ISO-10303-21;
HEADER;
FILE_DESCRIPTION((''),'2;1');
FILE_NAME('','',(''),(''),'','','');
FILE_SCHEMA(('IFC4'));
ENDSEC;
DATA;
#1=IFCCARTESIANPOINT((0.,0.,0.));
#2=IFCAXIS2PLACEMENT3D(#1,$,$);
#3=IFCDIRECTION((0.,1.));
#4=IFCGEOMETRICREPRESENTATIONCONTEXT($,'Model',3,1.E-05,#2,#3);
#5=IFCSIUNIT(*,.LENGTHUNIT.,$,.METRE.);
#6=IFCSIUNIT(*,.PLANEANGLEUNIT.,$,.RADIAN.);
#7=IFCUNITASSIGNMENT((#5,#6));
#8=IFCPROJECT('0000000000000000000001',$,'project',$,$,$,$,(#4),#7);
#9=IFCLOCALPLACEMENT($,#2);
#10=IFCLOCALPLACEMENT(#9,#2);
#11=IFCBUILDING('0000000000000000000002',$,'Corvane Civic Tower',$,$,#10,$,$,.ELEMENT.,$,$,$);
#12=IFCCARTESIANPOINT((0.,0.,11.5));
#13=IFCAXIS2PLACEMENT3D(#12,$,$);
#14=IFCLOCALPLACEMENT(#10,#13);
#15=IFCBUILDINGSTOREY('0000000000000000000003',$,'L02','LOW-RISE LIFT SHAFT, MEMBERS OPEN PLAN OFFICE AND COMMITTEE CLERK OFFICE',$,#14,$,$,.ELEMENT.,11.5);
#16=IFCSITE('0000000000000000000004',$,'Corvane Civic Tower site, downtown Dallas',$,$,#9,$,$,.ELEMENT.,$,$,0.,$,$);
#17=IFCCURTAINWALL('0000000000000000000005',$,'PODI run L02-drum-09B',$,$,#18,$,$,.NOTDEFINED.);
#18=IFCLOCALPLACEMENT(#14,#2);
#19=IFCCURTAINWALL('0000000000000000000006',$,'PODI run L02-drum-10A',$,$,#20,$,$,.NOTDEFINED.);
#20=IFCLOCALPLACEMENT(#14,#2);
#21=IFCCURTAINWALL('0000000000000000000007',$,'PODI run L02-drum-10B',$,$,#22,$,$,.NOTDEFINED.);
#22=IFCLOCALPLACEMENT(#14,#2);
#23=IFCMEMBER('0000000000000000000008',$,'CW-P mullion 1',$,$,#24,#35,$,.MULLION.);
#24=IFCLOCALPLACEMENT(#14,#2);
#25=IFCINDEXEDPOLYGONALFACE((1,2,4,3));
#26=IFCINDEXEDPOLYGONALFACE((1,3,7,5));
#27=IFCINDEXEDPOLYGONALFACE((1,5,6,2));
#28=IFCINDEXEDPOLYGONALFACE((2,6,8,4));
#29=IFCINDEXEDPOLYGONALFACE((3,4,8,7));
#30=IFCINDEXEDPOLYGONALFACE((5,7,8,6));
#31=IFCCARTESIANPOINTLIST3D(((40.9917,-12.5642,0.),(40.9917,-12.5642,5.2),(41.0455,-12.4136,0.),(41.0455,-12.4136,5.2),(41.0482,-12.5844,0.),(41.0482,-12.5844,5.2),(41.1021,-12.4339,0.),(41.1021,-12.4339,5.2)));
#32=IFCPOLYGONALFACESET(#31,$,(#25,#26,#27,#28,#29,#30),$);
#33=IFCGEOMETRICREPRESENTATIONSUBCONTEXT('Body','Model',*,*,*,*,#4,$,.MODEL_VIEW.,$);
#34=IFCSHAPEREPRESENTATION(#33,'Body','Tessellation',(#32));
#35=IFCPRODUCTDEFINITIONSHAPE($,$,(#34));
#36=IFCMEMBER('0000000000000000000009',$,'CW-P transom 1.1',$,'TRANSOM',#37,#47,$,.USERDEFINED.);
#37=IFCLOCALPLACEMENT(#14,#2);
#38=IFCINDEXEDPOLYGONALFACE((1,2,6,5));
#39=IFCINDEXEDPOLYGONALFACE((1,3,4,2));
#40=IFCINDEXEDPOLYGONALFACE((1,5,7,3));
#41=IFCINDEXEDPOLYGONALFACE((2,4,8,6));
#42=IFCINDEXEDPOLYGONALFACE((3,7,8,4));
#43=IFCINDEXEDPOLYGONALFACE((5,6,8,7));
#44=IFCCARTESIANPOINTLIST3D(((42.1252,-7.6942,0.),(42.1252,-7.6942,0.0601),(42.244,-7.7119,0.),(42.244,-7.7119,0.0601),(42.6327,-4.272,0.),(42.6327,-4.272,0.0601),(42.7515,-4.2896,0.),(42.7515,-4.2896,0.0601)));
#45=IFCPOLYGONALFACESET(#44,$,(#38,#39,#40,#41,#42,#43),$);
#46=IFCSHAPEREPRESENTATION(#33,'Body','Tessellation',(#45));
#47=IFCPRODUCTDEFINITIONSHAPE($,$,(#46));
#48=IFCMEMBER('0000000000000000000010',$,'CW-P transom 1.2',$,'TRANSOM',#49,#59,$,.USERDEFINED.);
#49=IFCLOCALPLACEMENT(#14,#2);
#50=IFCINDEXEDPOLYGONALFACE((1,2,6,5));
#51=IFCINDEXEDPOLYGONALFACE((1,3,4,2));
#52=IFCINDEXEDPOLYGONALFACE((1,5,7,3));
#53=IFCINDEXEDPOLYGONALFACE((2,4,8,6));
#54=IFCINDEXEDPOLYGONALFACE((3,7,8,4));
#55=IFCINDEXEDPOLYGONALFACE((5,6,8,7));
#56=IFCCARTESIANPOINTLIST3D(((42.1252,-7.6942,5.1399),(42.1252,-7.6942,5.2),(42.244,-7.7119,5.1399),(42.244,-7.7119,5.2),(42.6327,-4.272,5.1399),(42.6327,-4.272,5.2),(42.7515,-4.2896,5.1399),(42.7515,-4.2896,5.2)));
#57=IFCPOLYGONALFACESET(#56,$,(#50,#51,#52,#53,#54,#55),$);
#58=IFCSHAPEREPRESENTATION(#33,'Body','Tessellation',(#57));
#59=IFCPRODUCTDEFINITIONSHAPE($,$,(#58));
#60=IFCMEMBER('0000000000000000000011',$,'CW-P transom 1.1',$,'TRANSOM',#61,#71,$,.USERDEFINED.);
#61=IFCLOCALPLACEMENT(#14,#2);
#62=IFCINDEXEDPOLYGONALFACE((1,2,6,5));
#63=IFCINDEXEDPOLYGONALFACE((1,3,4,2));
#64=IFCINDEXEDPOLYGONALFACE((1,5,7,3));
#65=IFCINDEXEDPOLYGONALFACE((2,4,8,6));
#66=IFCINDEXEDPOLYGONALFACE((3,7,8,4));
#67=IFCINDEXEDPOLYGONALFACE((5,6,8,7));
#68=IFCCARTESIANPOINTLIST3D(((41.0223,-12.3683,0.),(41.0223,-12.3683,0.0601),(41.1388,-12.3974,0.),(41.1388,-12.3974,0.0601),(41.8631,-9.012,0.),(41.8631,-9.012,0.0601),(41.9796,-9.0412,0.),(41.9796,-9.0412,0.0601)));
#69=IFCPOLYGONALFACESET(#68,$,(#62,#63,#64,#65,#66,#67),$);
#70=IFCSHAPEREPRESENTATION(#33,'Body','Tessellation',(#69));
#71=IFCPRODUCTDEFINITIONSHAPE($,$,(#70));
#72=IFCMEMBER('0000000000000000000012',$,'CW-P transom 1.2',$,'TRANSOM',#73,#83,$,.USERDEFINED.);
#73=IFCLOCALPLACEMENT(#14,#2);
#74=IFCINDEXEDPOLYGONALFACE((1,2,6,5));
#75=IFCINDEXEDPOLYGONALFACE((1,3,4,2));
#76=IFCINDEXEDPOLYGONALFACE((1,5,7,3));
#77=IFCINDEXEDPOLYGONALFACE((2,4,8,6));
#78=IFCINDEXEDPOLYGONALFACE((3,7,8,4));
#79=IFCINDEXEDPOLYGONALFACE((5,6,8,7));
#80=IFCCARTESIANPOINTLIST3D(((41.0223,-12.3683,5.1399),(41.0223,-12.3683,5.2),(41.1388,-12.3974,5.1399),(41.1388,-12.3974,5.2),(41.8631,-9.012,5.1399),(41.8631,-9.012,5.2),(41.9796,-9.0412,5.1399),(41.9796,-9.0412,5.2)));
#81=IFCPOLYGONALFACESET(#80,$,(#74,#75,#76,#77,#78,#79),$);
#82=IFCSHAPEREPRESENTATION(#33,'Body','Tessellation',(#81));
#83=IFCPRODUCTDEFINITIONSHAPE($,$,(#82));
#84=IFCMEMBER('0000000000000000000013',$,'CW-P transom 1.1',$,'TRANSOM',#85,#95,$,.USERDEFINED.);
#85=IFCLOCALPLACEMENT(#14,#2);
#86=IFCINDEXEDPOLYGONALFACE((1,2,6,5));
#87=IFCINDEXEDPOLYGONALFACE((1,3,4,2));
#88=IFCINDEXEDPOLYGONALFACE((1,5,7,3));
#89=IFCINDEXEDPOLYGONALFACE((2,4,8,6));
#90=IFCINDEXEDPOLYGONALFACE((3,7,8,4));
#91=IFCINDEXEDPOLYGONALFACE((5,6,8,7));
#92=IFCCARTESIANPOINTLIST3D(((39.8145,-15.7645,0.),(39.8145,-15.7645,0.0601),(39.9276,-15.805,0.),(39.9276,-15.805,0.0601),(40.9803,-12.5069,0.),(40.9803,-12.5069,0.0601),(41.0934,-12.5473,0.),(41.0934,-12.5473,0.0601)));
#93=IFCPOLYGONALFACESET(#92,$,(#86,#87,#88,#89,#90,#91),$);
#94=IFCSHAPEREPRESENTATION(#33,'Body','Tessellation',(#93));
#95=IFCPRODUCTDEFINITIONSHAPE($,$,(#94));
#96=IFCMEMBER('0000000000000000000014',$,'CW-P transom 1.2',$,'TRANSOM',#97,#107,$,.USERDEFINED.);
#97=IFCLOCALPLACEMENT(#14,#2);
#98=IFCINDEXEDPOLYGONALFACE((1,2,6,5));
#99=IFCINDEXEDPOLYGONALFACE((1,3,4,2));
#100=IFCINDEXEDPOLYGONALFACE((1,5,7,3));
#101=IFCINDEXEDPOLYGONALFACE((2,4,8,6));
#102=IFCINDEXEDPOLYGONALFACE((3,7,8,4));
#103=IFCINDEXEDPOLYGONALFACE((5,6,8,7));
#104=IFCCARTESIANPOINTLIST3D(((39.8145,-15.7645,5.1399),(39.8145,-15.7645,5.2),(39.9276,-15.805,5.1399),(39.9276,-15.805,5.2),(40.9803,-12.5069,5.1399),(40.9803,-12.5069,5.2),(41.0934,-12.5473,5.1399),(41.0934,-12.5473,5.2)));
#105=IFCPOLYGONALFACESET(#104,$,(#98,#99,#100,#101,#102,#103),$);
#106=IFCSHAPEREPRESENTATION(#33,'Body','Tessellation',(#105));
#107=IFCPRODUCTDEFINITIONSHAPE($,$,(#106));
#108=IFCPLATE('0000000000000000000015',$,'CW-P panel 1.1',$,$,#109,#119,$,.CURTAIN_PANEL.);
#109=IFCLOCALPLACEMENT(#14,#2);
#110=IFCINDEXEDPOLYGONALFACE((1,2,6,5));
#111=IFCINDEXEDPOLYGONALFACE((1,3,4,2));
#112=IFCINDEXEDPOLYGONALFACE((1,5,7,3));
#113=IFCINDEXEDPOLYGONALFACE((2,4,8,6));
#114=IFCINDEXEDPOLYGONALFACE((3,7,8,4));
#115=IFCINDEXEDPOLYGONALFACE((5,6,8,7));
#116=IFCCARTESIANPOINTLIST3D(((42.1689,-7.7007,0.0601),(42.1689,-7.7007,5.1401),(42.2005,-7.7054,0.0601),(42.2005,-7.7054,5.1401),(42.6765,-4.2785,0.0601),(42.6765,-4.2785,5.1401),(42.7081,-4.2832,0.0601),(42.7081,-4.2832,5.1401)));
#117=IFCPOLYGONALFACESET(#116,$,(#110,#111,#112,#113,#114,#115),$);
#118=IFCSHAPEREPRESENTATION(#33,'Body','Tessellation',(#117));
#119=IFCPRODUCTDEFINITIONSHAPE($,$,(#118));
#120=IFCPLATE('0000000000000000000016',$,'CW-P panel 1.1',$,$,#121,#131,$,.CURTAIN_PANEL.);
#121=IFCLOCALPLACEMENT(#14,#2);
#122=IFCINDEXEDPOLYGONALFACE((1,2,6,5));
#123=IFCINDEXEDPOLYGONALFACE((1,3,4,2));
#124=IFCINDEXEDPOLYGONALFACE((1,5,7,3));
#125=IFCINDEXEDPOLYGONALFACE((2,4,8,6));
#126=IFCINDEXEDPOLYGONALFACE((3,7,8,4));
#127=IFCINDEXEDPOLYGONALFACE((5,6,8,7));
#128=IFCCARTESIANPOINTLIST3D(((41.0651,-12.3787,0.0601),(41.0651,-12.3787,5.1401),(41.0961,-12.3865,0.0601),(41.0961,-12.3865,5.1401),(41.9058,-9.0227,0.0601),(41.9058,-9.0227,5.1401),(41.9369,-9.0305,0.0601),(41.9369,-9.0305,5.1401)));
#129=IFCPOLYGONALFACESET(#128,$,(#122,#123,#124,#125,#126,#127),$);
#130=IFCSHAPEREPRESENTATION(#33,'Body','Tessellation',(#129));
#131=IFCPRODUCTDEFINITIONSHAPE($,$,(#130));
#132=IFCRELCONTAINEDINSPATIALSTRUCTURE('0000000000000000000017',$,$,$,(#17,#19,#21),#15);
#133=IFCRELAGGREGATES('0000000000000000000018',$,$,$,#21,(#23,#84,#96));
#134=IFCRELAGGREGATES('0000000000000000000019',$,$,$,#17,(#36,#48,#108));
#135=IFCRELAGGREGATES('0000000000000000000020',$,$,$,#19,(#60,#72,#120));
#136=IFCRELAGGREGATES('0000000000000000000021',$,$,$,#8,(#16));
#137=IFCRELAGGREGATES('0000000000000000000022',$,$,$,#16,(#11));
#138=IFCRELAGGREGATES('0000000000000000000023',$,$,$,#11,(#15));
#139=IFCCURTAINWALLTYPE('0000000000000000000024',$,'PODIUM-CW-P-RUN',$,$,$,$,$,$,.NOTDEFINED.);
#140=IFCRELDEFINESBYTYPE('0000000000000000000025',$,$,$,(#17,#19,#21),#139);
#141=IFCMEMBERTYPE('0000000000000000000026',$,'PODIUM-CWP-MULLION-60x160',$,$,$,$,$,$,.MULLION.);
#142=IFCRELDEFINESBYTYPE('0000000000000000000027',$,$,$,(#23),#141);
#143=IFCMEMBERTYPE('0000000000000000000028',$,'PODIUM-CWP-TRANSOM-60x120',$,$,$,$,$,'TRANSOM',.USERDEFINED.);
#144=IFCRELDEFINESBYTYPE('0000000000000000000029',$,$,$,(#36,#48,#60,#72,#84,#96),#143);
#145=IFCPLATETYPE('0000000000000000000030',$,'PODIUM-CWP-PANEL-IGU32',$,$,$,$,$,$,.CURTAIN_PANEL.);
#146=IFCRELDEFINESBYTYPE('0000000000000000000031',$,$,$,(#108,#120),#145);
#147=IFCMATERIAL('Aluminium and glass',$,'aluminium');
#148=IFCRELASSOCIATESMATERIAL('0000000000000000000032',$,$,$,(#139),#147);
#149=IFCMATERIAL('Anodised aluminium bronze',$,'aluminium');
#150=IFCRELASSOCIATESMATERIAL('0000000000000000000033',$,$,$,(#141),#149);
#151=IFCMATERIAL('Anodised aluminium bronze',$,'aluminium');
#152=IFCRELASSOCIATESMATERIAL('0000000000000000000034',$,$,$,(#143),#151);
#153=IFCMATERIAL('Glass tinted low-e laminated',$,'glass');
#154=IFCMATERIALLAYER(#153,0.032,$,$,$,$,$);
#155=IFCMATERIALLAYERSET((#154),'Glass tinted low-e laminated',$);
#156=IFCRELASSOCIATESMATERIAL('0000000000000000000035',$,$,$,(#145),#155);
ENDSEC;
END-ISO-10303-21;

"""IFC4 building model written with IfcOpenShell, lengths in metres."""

from ifc_helpers import new_model, si_unit, direction, frame, origin, origin_2d, place, context, subcontext, project, spatial, rectangle, extrude, material, layer, layer_set, material_profile, profile_set, type_object, element, aggregate, save


model = new_model("IFC4")

# Units and contexts
model_context = context("Model", 3, precision=1e-05, world=origin(), true_north=direction((0.0, 1.0)))
body_context = subcontext(model_context, "Body", "Model", "MODEL_VIEW")
ifc_project = project(units=[si_unit("LENGTHUNIT", "METRE"), si_unit("PLANEANGLEUNIT", "RADIAN")], contexts=[model_context])

# Site, building, storey
site_placement = place(None, origin())
site = spatial("IfcSite", under=ifc_project, at=site_placement, Name="Corvane Civic Tower site, downtown Dallas", CompositionType="ELEMENT", RefElevation=0.0)
building_placement = place(site_placement, origin())
building = spatial("IfcBuilding", under=site, at=building_placement, Name="Corvane Civic Tower", CompositionType="ELEMENT")
storey_placement = place(building_placement, frame((0.0, 0.0, 11.5)))
storey = spatial("IfcBuildingStorey", under=building, at=storey_placement, Name="L02", Description="LOW-RISE LIFT SHAFT, MEMBERS OPEN PLAN OFFICE AND COMMITTEE CLERK OFFICE", CompositionType="ELEMENT", Elevation=11.5)

# Curtain walls
ifc_material_1 = material(Name="Aluminium and glass", Category="aluminium")
curtain_wall_type = type_object("IfcCurtainWallType", Name="PODIUM-CW-P-RUN", PredefinedType="NOTDEFINED", material=ifc_material_1)
curtain_wall_1_placement = place(storey_placement, origin())
curtain_wall_1 = element("IfcCurtainWall", 1, at=curtain_wall_1_placement, inside=storey, type_object=curtain_wall_type, Name="PODI run L02-drum-09B", PredefinedType="NOTDEFINED")
ifc_material_2 = material(Name="Anodised aluminium bronze", Category="aluminium")
ifc_material_profile_1 = material_profile(ifc_material_2, rectangle(XDim=0.0601, YDim=0.1599, at=origin_2d()), Name="AL 60x160")
ifc_profile_set_1 = profile_set([ifc_material_profile_1], Name="Anodised aluminium bronze")
member_type_1 = type_object("IfcMemberType", Name="PODIUM-CWP-MULLION-60x160", PredefinedType="MULLION", material=ifc_profile_set_1)
curtain_wall_2_placement = place(storey_placement, origin())
curtain_wall_2 = element("IfcCurtainWall", 2, at=curtain_wall_2_placement, inside=storey, type_object=curtain_wall_type, Name="PODI run L02-drum-10A", PredefinedType="NOTDEFINED")

# Curtain wall, member
curtain_wall_3_placement = place(storey_placement, origin())
curtain_wall_3 = element("IfcCurtainWall", 3, at=curtain_wall_3_placement, inside=storey, type_object=curtain_wall_type, Name="PODI run L02-drum-10B", PredefinedType="NOTDEFINED")
member_1_placement = place(storey_placement, frame((41.0469, -12.499, 0.0), z_axis=(0.0, 0.0, 1.0), x_axis=(0.941534, -0.336919, 0.0)))
member_1 = element("IfcMember", 4, at=member_1_placement, type_object=member_type_1, Name="CW-P mullion 1", PredefinedType="MULLION", context=body_context, shape_type="SweptSolid", body=[
    extrude(rectangle(XDim=0.0601, YDim=0.1599, at=origin_2d()), origin(), (0.0, 0.0, 1.0), 5.2),
])

# Members
ifc_material_3 = material(Name="Anodised aluminium bronze", Category="aluminium")
ifc_material_profile_2 = material_profile(ifc_material_3, rectangle(XDim=0.1201, YDim=0.0601, at=origin_2d()), Name="AL 120x60")
ifc_profile_set_2 = profile_set([ifc_material_profile_2], Name="Anodised aluminium bronze")
member_type_2 = type_object("IfcMemberType", Name="PODIUM-CWP-TRANSOM-60x120", ElementType="TRANSOM", PredefinedType="USERDEFINED", material=ifc_profile_set_2)
member_2_placement = place(storey_placement, frame((42.6921, -4.2808, 0.03), z_axis=(-0.146705, -0.98918, 0.0), x_axis=(0.98918, -0.146705, 0.0)))
member_2 = element("IfcMember", 5, at=member_2_placement, type_object=member_type_2, Name="CW-P transom 1.1", ObjectType="TRANSOM", PredefinedType="USERDEFINED", context=body_context, shape_type="SweptSolid", body=[
    extrude(rectangle(XDim=0.1201, YDim=0.0601, at=origin_2d()), origin(), (0.0, 0.0, 1.0), 3.4597),
])
member_3_placement = place(storey_placement, frame((42.6921, -4.2808, 5.1699), z_axis=(-0.146705, -0.98918, 0.0), x_axis=(0.98918, -0.146705, 0.0)))
member_3 = element("IfcMember", 6, at=member_3_placement, type_object=member_type_2, Name="CW-P transom 1.2", ObjectType="TRANSOM", PredefinedType="USERDEFINED", context=body_context, shape_type="SweptSolid", body=[
    extrude(rectangle(XDim=0.1201, YDim=0.0601, at=origin_2d()), origin(), (0.0, 0.0, 1.0), 3.4597),
])
member_4_placement = place(storey_placement, frame((41.9214, -9.0266, 0.03), z_axis=(-0.243017, -0.970022, 0.0), x_axis=(0.970022, -0.243017, 0.0)))
member_4 = element("IfcMember", 7, at=member_4_placement, type_object=member_type_2, Name="CW-P transom 1.1", ObjectType="TRANSOM", PredefinedType="USERDEFINED", context=body_context, shape_type="SweptSolid", body=[
    extrude(rectangle(XDim=0.1201, YDim=0.0601, at=origin_2d()), origin(), (0.0, 0.0, 1.0), 3.46),
])
member_5_placement = place(storey_placement, frame((41.9214, -9.0266, 5.1699), z_axis=(-0.243017, -0.970022, 0.0), x_axis=(0.970022, -0.243017, 0.0)))
member_5 = element("IfcMember", 8, at=member_5_placement, type_object=member_type_2, Name="CW-P transom 1.2", ObjectType="TRANSOM", PredefinedType="USERDEFINED", context=body_context, shape_type="SweptSolid", body=[
    extrude(rectangle(XDim=0.1201, YDim=0.0601, at=origin_2d()), origin(), (0.0, 0.0, 1.0), 3.46),
])
member_6_placement = place(storey_placement, frame((41.0369, -12.5271, 0.03), z_axis=(-0.33694, -0.941526, 0.0), x_axis=(0.941526, -0.33694, 0.0)))
member_6 = element("IfcMember", 9, at=member_6_placement, type_object=member_type_2, Name="CW-P transom 1.1", ObjectType="TRANSOM", PredefinedType="USERDEFINED", context=body_context, shape_type="SweptSolid", body=[
    extrude(rectangle(XDim=0.1201, YDim=0.0601, at=origin_2d()), origin(), (0.0, 0.0, 1.0), 3.46),
])
member_7_placement = place(storey_placement, frame((41.0369, -12.5271, 5.1699), z_axis=(-0.33694, -0.941526, 0.0), x_axis=(0.941526, -0.33694, 0.0)))
member_7 = element("IfcMember", 10, at=member_7_placement, type_object=member_type_2, Name="CW-P transom 1.2", ObjectType="TRANSOM", PredefinedType="USERDEFINED", context=body_context, shape_type="SweptSolid", body=[
    extrude(rectangle(XDim=0.1201, YDim=0.0601, at=origin_2d()), origin(), (0.0, 0.0, 1.0), 3.46),
])
aggregate(curtain_wall_3, [member_1, member_6, member_7])

# Plates
ifc_material_4 = material(Name="Glass tinted low-e laminated", Category="glass")
ifc_layer_1 = layer(ifc_material_4, 0.032)
ifc_layer_set_1 = layer_set([ifc_layer_1], Name="Glass tinted low-e laminated")
plate_type = type_object("IfcPlateType", Name="PODIUM-CWP-PANEL-IGU32", PredefinedType="CURTAIN_PANEL", material=ifc_layer_set_1)
plate_1_placement = place(storey_placement, frame((42.4385, -5.9919, 0.0601), z_axis=(0.0, 0.0, 1.0), x_axis=(-0.146715, -0.989179, 0.0)))
plate_1 = element("IfcPlate", 11, at=plate_1_placement, type_object=plate_type, Name="CW-P panel 1.1", PredefinedType="CURTAIN_PANEL", context=body_context, shape_type="SweptSolid", body=[
    extrude(rectangle(XDim=3.4597, YDim=0.032, at=origin_2d()), origin(), (0.0, 0.0, 1.0), 5.0801),
])
aggregate(curtain_wall_1, [member_2, member_3, plate_1])
plate_2_placement = place(storey_placement, frame((41.501, -10.7046, 0.0601), z_axis=(0.0, 0.0, 1.0), x_axis=(-0.243009, -0.970024, 0.0)))
plate_2 = element("IfcPlate", 12, at=plate_2_placement, type_object=plate_type, Name="CW-P panel 1.1", PredefinedType="CURTAIN_PANEL", context=body_context, shape_type="SweptSolid", body=[
    extrude(rectangle(XDim=3.4597, YDim=0.032, at=origin_2d()), origin(), (0.0, 0.0, 1.0), 5.0801),
])
aggregate(curtain_wall_2, [member_4, member_5, plate_2])

save(model, "model.ifc")
